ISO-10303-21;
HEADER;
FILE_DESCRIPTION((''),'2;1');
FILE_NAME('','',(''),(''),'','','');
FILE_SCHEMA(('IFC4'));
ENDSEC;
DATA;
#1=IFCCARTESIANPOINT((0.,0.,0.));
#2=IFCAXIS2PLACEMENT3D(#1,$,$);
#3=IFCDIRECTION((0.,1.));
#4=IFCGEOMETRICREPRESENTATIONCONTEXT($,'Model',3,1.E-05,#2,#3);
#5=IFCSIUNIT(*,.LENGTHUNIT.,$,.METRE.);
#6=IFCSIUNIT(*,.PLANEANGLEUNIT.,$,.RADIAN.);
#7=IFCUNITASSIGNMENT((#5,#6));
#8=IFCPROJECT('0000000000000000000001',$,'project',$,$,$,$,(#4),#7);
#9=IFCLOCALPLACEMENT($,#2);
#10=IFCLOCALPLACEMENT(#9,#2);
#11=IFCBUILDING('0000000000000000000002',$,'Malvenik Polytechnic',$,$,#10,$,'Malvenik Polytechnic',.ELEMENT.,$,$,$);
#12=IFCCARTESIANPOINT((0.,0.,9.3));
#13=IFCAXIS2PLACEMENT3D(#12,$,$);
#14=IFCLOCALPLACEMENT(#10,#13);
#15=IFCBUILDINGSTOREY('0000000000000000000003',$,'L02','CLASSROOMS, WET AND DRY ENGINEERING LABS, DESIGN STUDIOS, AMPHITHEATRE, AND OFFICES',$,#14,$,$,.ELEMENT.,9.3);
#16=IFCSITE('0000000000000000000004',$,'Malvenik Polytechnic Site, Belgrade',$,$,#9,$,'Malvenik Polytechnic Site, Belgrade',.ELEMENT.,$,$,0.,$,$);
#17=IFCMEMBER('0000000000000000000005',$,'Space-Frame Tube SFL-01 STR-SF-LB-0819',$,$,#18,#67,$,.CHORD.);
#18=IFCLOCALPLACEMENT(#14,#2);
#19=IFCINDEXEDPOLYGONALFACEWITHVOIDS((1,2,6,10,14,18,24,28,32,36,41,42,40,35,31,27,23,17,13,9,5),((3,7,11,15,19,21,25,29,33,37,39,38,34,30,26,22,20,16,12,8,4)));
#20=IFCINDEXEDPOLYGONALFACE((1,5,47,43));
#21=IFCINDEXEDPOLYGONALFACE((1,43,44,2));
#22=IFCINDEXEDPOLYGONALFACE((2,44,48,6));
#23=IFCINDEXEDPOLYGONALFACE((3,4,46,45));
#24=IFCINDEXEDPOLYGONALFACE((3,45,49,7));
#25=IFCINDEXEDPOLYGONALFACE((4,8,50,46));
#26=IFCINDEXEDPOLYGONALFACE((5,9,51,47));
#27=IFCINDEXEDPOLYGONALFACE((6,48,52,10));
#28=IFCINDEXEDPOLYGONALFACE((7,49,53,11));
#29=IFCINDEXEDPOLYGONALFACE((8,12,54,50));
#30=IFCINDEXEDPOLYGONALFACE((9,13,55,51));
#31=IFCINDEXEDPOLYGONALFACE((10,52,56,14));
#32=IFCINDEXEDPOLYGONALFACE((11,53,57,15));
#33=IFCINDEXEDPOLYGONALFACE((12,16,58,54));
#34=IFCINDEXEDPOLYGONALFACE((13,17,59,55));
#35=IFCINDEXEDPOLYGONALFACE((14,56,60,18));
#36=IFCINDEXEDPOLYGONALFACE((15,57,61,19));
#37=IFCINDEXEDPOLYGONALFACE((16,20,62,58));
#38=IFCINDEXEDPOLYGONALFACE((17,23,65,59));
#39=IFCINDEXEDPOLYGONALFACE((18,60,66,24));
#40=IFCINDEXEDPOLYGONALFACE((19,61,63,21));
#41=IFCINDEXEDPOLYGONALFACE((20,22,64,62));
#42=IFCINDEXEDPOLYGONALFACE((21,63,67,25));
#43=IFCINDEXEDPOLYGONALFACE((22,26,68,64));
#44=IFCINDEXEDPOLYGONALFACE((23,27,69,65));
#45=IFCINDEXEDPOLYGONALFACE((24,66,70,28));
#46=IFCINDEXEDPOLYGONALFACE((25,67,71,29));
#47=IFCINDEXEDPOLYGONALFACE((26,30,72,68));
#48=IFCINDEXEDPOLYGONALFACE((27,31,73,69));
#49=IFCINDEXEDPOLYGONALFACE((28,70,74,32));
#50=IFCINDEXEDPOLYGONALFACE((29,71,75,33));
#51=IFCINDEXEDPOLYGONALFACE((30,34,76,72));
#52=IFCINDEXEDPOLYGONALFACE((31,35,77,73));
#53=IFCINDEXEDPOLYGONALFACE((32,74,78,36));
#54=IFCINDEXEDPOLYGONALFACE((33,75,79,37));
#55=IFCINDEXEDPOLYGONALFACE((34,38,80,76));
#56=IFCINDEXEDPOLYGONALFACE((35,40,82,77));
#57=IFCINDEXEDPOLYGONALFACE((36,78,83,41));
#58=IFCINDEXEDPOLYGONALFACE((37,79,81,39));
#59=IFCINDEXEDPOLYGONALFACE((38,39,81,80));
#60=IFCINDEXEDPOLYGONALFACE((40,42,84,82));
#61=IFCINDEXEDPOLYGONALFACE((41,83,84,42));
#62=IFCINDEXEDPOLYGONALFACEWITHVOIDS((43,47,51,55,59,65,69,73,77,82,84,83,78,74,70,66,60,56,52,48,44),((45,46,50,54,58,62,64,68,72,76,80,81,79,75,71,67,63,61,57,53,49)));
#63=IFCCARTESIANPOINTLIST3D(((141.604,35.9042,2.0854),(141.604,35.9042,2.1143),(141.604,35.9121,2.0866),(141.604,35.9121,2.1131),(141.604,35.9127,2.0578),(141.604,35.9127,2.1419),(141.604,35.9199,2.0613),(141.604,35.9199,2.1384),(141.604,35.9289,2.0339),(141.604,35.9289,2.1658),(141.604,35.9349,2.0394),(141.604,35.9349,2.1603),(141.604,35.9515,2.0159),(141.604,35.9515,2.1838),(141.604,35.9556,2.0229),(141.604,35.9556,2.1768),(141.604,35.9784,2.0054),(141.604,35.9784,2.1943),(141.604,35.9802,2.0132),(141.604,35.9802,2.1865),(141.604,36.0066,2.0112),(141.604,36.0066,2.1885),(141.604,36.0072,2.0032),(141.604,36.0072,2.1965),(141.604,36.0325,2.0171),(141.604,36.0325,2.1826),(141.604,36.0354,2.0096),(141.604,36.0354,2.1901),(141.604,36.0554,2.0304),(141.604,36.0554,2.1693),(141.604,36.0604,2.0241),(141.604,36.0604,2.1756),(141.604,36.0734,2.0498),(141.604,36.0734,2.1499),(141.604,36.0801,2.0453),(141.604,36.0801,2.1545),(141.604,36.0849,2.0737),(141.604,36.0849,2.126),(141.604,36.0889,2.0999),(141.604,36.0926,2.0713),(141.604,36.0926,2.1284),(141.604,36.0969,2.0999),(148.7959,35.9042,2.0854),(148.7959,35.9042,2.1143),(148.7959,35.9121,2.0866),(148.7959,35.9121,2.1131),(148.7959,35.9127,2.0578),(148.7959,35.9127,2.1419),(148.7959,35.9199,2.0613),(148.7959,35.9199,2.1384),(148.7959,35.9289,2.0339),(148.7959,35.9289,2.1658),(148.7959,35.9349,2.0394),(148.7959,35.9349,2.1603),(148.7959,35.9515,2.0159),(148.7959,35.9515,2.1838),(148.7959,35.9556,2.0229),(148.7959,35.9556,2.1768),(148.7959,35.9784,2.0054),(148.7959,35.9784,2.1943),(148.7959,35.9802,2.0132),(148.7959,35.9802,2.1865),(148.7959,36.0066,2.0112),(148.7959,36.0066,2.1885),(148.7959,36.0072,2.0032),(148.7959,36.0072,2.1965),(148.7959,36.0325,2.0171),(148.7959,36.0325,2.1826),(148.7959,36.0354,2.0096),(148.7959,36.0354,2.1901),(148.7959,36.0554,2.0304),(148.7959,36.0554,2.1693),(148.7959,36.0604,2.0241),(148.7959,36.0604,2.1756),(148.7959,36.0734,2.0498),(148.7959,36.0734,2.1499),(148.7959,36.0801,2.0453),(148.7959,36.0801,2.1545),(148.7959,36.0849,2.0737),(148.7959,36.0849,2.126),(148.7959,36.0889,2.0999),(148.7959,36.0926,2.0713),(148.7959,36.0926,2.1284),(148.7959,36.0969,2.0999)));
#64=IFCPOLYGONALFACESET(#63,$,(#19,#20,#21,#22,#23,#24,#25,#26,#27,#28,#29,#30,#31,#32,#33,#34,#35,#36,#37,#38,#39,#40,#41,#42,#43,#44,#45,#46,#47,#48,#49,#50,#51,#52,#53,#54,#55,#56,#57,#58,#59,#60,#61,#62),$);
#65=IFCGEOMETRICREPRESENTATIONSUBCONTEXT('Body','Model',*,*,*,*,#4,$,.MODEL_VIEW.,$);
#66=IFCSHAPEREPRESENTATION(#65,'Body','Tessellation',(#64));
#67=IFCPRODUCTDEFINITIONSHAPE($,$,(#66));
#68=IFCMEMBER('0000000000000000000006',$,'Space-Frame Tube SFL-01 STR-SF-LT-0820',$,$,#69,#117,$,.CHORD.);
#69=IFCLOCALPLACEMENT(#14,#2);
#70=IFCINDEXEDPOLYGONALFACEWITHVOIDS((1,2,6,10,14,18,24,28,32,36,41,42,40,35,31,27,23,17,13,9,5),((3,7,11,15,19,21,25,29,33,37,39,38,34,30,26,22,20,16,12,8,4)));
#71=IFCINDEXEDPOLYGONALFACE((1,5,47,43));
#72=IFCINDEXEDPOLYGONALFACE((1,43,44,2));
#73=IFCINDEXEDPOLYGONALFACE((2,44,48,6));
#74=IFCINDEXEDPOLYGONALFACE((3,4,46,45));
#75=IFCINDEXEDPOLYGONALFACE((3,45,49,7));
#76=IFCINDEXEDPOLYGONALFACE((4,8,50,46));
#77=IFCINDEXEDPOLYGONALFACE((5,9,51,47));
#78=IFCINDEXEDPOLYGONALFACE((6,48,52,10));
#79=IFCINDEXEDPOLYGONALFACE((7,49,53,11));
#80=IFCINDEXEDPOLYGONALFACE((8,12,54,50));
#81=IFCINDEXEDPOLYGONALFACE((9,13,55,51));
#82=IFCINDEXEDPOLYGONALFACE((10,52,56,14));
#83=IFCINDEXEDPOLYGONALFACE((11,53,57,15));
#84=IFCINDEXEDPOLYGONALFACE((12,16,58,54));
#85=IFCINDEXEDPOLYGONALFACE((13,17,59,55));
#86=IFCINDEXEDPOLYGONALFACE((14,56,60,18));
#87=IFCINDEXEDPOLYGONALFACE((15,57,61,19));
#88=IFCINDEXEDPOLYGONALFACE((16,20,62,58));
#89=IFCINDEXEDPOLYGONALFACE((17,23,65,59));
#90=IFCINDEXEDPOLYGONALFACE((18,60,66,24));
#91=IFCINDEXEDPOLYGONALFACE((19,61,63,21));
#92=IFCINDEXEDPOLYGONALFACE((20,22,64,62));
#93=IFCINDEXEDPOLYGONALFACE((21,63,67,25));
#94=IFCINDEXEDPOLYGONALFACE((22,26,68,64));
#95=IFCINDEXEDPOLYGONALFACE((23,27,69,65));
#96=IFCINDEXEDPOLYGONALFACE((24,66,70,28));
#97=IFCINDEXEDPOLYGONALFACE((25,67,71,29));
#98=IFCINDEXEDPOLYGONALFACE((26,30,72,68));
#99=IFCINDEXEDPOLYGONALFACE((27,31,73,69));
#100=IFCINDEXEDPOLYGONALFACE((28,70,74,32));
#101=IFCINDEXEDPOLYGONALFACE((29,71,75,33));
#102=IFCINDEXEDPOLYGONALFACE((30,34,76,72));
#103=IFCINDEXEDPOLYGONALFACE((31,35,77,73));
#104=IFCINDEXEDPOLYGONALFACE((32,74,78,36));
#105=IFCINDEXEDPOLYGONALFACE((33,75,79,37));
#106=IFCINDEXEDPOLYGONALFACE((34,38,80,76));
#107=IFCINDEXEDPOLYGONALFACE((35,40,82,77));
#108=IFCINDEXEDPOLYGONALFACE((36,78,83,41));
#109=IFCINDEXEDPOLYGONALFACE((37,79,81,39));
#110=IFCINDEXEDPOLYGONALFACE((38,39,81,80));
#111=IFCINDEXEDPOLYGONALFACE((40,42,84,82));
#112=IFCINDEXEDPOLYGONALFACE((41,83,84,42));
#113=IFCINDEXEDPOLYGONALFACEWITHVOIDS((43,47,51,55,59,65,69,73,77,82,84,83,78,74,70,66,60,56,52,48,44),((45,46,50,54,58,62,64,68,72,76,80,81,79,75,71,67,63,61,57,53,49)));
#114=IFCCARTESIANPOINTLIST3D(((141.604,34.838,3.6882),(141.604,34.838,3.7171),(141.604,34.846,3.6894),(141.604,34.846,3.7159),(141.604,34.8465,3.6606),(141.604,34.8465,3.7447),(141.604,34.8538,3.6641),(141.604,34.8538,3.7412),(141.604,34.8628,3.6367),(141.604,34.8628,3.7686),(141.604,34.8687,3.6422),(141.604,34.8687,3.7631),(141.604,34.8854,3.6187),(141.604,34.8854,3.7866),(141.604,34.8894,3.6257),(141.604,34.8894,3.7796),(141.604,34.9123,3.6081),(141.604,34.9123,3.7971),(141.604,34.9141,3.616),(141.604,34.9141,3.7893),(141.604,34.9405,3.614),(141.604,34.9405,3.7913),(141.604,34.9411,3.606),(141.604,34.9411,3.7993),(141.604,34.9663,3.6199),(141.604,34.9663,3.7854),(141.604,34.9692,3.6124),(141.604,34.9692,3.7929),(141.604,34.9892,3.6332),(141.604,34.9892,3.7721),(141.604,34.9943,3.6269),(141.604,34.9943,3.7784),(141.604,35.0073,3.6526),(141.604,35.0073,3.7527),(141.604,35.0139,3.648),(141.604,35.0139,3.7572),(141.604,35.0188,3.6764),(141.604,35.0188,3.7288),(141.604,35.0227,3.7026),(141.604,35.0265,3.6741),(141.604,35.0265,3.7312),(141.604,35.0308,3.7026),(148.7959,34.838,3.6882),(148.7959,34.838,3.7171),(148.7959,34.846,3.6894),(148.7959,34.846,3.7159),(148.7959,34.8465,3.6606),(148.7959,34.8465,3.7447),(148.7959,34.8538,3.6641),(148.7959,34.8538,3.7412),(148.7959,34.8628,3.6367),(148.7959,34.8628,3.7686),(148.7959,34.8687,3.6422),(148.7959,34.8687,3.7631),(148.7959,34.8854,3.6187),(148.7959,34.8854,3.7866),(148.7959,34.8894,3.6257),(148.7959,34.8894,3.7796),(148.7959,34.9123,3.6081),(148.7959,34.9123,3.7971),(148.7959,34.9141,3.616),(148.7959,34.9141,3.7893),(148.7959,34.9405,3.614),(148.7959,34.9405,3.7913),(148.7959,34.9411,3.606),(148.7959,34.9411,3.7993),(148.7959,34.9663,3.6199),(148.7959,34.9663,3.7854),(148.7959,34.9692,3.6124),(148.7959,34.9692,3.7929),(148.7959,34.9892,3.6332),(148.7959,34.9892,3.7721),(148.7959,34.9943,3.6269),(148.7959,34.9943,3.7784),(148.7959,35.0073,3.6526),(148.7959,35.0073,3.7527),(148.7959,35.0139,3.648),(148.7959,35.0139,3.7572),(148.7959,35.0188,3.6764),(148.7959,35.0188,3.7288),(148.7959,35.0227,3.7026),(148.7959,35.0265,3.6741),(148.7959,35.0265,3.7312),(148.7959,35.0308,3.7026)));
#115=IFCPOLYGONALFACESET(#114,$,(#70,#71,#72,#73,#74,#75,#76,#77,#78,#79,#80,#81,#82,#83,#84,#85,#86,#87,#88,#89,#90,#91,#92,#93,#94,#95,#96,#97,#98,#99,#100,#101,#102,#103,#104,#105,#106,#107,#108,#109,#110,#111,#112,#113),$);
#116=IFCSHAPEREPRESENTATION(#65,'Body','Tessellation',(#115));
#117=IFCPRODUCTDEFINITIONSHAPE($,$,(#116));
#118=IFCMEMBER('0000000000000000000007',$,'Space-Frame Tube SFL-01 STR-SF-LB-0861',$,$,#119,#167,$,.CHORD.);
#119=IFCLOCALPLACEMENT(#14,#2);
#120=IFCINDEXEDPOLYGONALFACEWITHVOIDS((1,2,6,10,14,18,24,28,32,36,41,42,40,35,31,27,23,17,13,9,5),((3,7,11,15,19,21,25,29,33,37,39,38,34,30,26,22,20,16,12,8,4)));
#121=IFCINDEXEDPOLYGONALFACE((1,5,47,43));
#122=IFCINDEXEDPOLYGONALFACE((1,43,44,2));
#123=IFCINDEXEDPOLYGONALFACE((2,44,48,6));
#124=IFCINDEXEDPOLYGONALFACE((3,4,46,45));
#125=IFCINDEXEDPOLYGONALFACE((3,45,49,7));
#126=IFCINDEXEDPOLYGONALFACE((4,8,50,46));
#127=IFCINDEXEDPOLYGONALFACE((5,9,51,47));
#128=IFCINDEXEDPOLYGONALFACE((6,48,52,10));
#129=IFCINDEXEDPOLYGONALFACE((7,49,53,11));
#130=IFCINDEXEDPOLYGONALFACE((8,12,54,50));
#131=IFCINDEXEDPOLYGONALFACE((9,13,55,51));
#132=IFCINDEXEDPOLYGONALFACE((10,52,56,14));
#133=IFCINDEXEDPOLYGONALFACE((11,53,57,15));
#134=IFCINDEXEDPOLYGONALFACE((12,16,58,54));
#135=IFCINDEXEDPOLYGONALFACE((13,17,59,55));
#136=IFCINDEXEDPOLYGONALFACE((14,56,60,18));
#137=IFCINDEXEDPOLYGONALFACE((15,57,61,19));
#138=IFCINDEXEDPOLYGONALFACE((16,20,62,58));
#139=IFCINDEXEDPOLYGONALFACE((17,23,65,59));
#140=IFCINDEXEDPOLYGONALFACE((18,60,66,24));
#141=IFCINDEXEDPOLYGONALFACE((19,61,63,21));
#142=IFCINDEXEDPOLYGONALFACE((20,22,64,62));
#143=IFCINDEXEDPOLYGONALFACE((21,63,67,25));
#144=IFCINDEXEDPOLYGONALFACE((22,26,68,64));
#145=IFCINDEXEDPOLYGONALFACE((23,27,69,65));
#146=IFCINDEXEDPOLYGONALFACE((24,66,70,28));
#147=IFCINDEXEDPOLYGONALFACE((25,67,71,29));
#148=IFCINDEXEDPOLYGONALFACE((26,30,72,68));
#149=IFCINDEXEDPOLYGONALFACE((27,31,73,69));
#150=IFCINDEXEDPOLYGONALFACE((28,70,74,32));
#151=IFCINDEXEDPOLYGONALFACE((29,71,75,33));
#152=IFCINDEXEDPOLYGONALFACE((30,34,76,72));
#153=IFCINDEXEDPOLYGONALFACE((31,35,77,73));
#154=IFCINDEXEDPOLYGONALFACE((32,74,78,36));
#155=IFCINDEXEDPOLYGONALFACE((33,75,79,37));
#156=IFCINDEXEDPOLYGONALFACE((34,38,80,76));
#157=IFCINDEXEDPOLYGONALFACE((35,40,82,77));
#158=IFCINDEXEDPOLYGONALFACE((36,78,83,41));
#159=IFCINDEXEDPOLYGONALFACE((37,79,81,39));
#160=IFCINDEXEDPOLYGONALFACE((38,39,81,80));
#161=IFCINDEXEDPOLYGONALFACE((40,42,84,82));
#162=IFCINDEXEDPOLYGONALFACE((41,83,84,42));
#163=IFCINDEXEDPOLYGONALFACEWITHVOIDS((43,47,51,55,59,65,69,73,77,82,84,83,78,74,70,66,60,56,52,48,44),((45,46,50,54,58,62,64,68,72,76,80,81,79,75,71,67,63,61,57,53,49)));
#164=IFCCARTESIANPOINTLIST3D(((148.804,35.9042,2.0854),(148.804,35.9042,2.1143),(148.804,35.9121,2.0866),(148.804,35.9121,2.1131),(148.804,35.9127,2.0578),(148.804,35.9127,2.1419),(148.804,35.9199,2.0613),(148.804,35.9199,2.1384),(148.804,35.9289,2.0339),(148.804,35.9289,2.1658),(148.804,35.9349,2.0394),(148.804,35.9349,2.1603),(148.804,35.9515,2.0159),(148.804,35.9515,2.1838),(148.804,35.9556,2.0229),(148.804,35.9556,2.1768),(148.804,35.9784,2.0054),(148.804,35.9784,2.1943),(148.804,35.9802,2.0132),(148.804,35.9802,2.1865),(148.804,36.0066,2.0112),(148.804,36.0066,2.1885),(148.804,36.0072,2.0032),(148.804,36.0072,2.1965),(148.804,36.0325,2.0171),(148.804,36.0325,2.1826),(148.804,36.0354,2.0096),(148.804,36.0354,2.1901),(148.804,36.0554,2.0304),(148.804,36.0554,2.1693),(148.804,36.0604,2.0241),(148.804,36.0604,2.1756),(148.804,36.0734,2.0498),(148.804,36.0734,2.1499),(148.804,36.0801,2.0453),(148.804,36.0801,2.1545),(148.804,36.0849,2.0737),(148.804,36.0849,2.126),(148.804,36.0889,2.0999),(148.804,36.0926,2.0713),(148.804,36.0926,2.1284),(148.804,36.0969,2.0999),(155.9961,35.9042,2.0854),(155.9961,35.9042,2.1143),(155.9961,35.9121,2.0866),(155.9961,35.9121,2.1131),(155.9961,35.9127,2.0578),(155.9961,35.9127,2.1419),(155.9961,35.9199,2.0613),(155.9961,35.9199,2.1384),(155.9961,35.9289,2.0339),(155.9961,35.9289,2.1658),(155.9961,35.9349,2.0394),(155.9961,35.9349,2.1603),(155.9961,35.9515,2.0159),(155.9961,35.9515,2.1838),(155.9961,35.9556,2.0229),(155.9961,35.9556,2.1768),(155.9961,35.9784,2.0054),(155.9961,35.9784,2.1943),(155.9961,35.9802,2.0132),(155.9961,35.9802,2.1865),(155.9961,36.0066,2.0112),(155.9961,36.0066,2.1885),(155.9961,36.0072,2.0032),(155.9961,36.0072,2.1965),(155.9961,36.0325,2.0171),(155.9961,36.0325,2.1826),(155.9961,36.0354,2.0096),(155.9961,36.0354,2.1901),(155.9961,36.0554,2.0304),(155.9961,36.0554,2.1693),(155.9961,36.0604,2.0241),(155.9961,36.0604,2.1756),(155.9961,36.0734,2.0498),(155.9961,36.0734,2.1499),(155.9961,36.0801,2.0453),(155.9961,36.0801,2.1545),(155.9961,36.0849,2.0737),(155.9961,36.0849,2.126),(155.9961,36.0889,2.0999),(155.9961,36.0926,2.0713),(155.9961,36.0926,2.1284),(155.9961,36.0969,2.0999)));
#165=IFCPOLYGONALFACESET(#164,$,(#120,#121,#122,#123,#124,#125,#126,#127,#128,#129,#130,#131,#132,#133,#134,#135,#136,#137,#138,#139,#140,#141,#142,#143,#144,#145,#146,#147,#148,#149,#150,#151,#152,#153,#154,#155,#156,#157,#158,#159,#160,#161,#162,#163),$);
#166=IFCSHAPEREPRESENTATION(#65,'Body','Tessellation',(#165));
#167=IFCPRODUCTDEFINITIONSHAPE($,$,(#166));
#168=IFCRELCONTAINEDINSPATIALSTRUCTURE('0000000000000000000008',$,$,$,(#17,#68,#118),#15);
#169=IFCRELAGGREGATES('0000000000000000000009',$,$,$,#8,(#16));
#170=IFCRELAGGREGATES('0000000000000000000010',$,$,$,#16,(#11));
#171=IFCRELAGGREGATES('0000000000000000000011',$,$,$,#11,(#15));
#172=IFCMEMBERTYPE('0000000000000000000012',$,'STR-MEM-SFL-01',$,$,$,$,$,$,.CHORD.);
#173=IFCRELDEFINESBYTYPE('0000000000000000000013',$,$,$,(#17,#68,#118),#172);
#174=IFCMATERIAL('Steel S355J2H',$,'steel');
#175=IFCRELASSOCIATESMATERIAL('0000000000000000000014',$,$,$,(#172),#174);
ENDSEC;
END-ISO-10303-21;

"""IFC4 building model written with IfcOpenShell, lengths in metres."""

from ifc_helpers import new_model, si_unit, direction, frame, origin, origin_2d, place, context, subcontext, project, spatial, hollow_circle, extrude, material, material_profile, profile_set, type_object, element, save


model = new_model("IFC4")

# Units and contexts
model_context = context("Model", 3, precision=1e-05, world=origin(), true_north=direction((0.0, 1.0)))
body_context = subcontext(model_context, "Body", "Model", "MODEL_VIEW")
ifc_project = project(units=[si_unit("LENGTHUNIT", "METRE"), si_unit("PLANEANGLEUNIT", "RADIAN")], contexts=[model_context])

# Site, building, storey
site_placement = place(None, origin())
site = spatial("IfcSite", under=ifc_project, at=site_placement, Name="Malvenik Polytechnic Site, Belgrade", LongName="Malvenik Polytechnic Site, Belgrade", CompositionType="ELEMENT", RefElevation=0.0)
building_placement = place(site_placement, origin())
building = spatial("IfcBuilding", under=site, at=building_placement, Name="Malvenik Polytechnic", LongName="Malvenik Polytechnic", CompositionType="ELEMENT")
storey_placement = place(building_placement, frame((0.0, 0.0, 9.3)))
storey = spatial("IfcBuildingStorey", under=building, at=storey_placement, Name="L02", Description="CLASSROOMS, WET AND DRY ENGINEERING LABS, DESIGN STUDIOS, AMPHITHEATRE, AND OFFICES", CompositionType="ELEMENT", Elevation=9.3)

# Members
ifc_material_1 = material(Name="Steel S355J2H", Category="steel")
ifc_material_profile_1 = material_profile(ifc_material_1, hollow_circle(Radius=0.0969, WallThickness=0.0081, at=origin_2d()), Name="CHS 193.7x8.0")
ifc_profile_set_1 = profile_set([ifc_material_profile_1], Name="Steel S355J2H")
member_type_1 = type_object("IfcMemberType", Name="STR-MEM-SFL-01", PredefinedType="CHORD", material=ifc_profile_set_1)
for number, where, z_axis, x_axis, name in (
    (1, (141.604, 36.0, 2.0999), (1.0, 0.0, 0.0), (0.0, 1.0, 0.0), "Space-Frame Tube SFL-01 STR-SF-LB-0819"),
    (2, (141.604, 34.9338, 3.7026), (1.0, 0.0, 0.0), (0.0, 1.0, 0.0), "Space-Frame Tube SFL-01 STR-SF-LT-0820"),
):
    element("IfcMember", number, at=place(storey_placement, frame(where, z_axis=z_axis, x_axis=x_axis)), inside=storey, type_object=member_type_1, Name=name, PredefinedType="CHORD", context=body_context, shape_type="SweptSolid", body=[
        extrude(hollow_circle(Radius=0.0969, WallThickness=0.0081, at=origin_2d()), origin(), (0.0, 0.0, 1.0), 7.1919),
    ])
for number, where, z_axis, x_axis, name in (
    (3, (148.804, 36.0, 2.0999), (1.0, 0.0, 0.0), (0.0, 1.0, 0.0), "Space-Frame Tube SFL-01 STR-SF-LB-0861"),
):
    element("IfcMember", number, at=place(storey_placement, frame(where, z_axis=z_axis, x_axis=x_axis)), inside=storey, type_object=member_type_1, Name=name, PredefinedType="CHORD", context=body_context, shape_type="SweptSolid", body=[
        extrude(hollow_circle(Radius=0.0969, WallThickness=0.0081, at=origin_2d()), origin(), (0.0, 0.0, 1.0), 7.1921),
    ])

save(model, "model.ifc")
